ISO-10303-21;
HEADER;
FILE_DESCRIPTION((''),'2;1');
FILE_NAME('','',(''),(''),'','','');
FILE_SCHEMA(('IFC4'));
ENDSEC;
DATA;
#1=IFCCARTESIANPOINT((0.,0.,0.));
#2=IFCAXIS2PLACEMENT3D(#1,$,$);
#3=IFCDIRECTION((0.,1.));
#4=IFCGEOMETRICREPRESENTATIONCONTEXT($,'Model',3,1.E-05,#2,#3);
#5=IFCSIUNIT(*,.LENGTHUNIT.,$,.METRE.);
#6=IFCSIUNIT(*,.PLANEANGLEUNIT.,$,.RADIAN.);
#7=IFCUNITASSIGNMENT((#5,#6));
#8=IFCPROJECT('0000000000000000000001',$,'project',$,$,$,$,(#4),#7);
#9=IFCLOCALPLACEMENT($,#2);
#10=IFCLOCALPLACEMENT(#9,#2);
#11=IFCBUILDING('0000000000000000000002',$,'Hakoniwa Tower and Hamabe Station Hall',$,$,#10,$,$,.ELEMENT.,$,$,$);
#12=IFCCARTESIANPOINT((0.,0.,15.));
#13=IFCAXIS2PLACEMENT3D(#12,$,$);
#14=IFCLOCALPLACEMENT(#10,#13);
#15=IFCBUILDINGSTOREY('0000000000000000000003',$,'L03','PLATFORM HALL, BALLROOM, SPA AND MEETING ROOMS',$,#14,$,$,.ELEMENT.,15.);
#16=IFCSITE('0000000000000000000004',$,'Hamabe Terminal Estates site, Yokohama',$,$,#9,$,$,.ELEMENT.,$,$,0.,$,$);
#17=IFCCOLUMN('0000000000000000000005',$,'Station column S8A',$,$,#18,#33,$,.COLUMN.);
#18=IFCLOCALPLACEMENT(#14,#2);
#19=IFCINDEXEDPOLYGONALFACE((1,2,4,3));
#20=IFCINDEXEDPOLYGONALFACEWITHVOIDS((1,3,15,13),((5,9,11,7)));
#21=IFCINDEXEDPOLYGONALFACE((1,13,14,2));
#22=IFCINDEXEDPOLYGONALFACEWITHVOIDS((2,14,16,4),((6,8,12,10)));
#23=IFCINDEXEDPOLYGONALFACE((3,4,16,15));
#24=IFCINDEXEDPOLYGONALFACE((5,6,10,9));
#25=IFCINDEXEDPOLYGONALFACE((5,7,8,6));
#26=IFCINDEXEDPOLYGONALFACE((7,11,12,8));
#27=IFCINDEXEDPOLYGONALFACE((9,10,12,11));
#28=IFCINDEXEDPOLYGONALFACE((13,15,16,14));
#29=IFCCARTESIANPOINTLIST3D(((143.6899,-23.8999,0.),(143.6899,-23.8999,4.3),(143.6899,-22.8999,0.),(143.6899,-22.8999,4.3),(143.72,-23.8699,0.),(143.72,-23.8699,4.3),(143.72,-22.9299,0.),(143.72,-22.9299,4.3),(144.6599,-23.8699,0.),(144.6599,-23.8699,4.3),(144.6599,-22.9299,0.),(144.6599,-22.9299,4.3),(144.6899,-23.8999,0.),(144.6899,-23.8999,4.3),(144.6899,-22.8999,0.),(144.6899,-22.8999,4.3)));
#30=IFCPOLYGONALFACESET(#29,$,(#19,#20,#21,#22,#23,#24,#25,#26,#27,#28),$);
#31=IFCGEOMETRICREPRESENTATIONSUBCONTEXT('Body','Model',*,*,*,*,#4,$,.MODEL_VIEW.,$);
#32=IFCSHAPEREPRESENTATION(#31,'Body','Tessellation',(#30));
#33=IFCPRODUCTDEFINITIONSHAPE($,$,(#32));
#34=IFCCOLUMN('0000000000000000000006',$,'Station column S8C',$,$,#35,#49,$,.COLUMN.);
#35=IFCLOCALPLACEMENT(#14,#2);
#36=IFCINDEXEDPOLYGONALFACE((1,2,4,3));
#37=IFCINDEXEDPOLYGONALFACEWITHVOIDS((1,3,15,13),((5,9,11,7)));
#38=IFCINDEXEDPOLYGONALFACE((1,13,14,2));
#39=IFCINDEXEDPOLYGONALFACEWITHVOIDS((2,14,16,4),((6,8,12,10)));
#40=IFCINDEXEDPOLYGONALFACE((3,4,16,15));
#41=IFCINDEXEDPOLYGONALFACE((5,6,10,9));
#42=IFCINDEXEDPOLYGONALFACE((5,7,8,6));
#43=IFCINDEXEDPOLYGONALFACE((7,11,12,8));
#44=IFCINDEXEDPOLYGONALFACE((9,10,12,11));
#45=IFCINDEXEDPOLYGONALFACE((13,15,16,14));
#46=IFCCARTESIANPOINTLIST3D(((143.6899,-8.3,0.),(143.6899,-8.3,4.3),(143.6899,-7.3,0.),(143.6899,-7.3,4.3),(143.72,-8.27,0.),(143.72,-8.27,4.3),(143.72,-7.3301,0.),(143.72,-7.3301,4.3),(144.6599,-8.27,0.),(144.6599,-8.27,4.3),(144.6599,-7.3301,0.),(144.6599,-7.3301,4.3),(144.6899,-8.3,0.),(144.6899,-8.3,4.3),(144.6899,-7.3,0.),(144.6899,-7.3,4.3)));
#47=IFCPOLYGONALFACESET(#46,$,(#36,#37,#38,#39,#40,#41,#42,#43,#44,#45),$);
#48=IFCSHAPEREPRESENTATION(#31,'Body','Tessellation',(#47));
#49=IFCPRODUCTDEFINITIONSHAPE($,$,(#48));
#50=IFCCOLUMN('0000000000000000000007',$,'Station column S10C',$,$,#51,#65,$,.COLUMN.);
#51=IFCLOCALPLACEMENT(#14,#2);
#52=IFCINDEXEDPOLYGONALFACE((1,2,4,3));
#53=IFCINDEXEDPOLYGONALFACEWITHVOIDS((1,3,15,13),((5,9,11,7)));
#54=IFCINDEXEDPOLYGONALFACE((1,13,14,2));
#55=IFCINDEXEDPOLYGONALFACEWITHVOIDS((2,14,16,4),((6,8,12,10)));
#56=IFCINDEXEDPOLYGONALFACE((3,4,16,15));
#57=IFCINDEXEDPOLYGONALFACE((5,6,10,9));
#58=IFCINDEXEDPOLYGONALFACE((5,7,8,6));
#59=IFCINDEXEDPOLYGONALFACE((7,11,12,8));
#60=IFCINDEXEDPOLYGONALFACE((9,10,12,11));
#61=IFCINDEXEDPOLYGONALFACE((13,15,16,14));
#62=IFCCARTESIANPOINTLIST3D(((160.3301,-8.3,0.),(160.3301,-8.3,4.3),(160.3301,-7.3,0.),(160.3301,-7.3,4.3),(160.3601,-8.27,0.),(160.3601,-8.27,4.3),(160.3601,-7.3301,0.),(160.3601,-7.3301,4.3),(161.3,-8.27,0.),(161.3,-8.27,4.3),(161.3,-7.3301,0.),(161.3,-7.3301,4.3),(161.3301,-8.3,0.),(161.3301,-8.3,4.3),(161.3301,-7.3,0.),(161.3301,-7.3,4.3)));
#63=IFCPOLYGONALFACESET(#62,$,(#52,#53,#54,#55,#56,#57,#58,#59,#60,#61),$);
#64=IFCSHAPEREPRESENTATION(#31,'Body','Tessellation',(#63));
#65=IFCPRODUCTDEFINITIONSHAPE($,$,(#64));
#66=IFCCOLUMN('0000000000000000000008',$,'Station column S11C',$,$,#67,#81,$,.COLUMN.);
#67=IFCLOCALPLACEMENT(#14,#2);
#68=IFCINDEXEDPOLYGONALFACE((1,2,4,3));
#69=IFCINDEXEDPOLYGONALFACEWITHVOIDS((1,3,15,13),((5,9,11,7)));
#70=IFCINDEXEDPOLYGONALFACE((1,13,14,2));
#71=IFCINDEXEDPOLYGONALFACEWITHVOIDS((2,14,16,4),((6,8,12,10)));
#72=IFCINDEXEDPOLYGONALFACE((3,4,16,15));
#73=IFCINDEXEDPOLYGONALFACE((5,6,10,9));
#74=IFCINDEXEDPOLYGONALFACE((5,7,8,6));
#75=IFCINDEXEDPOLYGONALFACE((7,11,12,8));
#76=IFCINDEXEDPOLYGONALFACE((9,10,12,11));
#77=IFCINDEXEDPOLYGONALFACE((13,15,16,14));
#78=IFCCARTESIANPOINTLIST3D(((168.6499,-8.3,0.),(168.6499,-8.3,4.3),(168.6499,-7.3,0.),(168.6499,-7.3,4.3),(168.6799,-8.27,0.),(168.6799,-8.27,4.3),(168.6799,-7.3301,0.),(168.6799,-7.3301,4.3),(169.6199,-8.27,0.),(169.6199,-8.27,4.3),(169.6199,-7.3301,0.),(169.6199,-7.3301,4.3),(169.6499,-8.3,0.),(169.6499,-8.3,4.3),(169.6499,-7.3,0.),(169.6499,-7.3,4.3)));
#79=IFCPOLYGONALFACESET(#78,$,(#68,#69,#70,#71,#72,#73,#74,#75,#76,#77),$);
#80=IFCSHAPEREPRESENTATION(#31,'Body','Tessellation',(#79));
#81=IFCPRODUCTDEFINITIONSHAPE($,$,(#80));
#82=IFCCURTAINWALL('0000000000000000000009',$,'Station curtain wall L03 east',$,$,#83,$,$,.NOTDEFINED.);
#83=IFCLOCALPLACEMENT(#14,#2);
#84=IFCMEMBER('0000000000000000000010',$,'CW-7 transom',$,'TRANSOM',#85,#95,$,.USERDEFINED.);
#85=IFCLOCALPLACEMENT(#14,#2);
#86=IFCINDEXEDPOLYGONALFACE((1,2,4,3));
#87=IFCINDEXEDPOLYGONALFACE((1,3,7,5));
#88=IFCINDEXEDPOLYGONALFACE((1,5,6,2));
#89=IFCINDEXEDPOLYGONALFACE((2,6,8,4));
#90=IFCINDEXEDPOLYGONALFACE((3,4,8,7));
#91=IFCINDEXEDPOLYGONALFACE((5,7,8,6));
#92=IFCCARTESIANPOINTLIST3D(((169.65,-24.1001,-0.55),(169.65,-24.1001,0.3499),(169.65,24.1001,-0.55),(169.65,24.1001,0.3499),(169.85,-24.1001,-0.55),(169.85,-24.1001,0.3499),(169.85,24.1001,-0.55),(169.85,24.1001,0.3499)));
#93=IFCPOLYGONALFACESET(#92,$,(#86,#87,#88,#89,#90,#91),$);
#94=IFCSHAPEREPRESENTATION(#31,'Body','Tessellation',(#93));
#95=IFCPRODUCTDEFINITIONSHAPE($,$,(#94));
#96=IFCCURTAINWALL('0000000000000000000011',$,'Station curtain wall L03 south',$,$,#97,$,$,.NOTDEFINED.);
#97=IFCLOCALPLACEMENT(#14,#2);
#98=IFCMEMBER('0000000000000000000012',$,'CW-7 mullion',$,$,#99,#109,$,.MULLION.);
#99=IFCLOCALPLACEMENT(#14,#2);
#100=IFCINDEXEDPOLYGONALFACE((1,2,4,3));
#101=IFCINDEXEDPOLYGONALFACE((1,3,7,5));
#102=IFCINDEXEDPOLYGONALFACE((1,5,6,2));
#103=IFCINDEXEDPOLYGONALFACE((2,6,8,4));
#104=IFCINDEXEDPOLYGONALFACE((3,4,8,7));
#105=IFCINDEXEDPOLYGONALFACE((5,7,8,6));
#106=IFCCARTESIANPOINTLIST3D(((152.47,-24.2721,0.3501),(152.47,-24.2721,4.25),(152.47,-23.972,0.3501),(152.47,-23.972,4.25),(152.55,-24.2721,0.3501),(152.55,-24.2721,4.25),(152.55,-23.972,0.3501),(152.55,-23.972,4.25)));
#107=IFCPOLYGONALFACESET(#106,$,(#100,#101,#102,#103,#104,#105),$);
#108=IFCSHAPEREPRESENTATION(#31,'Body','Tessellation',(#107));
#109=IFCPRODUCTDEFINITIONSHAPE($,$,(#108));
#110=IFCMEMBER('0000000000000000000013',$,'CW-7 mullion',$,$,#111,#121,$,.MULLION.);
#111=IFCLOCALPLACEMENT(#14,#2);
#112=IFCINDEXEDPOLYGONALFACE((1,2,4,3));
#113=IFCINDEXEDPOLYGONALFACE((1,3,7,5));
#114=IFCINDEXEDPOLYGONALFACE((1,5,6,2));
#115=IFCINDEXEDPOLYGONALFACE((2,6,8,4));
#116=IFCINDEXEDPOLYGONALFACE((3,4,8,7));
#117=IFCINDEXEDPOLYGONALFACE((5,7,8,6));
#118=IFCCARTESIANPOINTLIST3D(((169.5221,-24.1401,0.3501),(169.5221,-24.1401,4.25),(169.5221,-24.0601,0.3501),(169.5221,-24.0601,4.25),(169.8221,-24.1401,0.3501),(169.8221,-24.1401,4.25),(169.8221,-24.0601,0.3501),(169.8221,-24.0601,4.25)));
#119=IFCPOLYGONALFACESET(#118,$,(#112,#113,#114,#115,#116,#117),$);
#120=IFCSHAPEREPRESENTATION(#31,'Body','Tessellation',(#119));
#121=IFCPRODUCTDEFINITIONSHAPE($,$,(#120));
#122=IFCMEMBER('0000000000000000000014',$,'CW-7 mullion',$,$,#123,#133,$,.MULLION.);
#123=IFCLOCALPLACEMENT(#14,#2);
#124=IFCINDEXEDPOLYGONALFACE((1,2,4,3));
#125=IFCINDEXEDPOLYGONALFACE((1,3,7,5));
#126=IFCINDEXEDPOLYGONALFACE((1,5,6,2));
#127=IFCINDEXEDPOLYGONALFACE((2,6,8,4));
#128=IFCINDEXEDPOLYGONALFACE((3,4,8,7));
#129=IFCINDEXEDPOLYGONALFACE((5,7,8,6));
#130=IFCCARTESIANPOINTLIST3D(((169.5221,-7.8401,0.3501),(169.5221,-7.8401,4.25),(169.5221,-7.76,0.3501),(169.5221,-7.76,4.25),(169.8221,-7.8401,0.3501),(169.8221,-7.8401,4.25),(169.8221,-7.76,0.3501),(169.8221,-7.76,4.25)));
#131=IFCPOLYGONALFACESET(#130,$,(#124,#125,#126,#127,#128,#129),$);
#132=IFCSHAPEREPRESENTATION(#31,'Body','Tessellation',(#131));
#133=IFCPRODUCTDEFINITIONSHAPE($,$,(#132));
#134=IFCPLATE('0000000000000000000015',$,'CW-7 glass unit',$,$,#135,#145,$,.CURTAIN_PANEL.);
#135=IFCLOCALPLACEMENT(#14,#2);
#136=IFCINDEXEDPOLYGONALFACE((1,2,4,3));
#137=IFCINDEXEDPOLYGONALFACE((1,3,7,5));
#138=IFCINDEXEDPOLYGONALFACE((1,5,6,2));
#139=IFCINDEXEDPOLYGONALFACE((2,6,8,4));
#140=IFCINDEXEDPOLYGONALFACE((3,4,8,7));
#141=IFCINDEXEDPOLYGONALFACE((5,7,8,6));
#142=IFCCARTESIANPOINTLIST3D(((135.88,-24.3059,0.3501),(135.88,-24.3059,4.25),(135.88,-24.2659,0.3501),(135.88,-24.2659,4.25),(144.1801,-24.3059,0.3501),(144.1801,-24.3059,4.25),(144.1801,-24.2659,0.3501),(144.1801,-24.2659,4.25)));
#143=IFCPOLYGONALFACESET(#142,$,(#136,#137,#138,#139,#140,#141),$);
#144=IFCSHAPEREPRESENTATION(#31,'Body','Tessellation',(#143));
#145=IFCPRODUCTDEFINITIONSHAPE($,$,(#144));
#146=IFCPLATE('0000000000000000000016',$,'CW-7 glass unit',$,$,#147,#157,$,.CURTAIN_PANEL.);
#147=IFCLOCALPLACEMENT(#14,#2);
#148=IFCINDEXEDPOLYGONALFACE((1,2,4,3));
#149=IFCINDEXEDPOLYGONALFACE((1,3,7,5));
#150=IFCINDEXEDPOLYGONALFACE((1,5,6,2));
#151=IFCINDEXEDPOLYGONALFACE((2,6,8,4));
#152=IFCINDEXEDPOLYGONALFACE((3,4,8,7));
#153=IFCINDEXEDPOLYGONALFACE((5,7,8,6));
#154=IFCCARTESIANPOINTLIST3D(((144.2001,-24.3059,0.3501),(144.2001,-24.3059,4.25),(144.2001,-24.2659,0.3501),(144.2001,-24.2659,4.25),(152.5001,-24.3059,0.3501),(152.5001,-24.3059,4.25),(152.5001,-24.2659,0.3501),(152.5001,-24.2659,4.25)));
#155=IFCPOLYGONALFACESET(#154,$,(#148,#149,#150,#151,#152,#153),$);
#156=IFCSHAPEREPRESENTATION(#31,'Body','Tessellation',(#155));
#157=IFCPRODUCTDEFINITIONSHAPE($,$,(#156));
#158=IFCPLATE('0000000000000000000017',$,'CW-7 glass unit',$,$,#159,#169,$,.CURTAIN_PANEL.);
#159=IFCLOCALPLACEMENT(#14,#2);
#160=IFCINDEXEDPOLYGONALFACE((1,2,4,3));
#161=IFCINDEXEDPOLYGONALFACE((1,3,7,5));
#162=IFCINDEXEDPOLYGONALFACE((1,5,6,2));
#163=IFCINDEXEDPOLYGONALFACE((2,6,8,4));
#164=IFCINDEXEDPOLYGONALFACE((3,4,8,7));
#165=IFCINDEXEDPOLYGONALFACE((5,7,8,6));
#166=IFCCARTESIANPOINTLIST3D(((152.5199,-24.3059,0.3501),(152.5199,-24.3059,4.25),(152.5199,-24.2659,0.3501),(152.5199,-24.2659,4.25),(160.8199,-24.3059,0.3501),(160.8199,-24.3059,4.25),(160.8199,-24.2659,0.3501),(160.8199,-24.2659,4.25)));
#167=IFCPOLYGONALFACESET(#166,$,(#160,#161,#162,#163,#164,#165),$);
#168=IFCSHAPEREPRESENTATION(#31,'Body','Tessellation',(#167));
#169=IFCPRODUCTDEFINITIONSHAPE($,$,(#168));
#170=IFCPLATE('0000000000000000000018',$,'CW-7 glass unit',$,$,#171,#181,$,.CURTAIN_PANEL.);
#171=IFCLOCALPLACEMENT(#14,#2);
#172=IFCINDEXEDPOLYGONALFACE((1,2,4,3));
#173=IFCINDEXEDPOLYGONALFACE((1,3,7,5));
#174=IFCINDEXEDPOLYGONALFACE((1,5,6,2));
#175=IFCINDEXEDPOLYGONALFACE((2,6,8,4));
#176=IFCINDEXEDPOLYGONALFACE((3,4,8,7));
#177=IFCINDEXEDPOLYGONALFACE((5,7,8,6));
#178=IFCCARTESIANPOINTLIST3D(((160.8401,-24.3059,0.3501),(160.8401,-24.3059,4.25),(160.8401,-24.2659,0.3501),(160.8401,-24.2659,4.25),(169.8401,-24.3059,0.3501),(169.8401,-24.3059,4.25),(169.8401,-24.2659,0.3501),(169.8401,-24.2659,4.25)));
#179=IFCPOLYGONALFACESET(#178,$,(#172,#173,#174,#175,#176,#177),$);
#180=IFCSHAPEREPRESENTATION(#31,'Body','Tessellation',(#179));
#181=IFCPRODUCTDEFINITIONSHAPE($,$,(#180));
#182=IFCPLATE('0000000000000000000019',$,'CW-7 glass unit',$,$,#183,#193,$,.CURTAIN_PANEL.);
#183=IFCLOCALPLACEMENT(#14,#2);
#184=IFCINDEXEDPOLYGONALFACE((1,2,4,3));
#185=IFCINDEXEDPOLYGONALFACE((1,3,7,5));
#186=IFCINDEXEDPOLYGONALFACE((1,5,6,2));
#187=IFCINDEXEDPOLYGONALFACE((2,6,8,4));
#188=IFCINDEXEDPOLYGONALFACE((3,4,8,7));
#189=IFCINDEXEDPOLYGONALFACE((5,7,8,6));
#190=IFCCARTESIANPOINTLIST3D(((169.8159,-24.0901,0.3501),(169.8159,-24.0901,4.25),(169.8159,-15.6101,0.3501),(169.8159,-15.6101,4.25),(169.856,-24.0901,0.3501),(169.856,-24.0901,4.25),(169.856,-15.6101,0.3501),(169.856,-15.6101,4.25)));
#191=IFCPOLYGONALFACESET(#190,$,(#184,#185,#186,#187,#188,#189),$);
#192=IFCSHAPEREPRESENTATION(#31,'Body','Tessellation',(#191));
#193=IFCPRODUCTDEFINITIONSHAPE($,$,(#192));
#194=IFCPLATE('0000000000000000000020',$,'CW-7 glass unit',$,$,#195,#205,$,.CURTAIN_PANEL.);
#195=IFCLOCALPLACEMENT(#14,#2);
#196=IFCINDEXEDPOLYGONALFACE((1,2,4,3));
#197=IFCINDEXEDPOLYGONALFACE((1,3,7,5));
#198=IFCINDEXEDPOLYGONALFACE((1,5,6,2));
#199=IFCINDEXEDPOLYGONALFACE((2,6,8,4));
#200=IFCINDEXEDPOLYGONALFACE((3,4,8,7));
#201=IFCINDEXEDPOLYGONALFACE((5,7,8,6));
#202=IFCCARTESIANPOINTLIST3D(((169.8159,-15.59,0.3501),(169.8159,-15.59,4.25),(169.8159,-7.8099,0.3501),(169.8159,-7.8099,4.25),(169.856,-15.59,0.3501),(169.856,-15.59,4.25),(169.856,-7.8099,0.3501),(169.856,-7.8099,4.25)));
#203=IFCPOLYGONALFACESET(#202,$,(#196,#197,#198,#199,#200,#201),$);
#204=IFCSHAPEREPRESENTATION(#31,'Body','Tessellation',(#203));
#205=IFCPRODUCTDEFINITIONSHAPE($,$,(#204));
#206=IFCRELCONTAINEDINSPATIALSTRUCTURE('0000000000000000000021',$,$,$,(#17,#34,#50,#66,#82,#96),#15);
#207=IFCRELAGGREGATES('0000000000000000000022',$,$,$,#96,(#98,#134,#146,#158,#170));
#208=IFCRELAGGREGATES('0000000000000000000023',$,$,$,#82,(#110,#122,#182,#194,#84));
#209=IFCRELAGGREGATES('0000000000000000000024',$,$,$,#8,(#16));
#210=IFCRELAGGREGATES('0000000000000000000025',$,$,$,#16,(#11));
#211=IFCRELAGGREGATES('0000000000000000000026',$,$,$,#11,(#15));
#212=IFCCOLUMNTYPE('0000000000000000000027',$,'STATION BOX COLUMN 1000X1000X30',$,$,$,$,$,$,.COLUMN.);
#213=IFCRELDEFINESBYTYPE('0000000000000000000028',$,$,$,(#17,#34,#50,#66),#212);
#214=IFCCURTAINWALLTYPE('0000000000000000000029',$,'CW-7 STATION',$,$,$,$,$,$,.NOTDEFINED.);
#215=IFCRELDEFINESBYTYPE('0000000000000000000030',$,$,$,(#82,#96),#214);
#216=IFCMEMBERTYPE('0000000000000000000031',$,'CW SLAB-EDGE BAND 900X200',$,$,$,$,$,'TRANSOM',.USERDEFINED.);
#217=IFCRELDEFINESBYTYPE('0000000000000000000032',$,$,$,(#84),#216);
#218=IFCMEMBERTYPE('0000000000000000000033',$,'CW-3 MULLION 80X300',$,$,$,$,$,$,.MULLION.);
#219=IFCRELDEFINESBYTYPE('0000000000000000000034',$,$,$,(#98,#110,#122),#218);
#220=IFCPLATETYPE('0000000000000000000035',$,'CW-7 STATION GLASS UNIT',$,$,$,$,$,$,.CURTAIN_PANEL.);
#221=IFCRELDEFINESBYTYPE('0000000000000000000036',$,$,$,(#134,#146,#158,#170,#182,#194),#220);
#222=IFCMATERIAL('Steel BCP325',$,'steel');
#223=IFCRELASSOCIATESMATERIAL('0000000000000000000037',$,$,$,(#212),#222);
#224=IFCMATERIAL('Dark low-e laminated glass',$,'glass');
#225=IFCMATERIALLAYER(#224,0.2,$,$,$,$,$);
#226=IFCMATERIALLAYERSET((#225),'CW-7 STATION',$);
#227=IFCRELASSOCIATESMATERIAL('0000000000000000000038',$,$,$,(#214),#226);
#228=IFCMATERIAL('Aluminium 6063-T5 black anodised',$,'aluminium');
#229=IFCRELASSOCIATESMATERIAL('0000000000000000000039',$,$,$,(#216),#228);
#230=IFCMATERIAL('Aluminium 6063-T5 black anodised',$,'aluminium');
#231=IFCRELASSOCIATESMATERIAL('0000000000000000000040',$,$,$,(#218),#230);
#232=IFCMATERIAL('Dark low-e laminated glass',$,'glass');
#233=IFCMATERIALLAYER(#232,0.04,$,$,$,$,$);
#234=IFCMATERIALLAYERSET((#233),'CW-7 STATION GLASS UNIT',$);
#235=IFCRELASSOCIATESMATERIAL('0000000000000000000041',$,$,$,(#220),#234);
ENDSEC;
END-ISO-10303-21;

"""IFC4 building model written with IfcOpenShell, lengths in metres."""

from ifc_helpers import new_model, si_unit, direction, frame, origin, origin_2d, place, context, subcontext, project, spatial, rectangle, hollow_rectangle, extrude, material, layer, layer_set, material_profile, profile_set, type_object, element, aggregate, save


model = new_model("IFC4")

# Units and contexts
model_context = context("Model", 3, precision=1e-05, world=origin(), true_north=direction((0.0, 1.0)))
body_context = subcontext(model_context, "Body", "Model", "MODEL_VIEW")
ifc_project = project(units=[si_unit("LENGTHUNIT", "METRE"), si_unit("PLANEANGLEUNIT", "RADIAN")], contexts=[model_context])

# Site, building, storey
site_placement = place(None, origin())
site = spatial("IfcSite", under=ifc_project, at=site_placement, Name="Hamabe Terminal Estates site, Yokohama", CompositionType="ELEMENT", RefElevation=0.0)
building_placement = place(site_placement, origin())
building = spatial("IfcBuilding", under=site, at=building_placement, Name="Hakoniwa Tower and Hamabe Station Hall", CompositionType="ELEMENT")
storey_placement = place(building_placement, frame((0.0, 0.0, 15.0)))
storey = spatial("IfcBuildingStorey", under=building, at=storey_placement, Name="L03", Description="PLATFORM HALL, BALLROOM, SPA AND MEETING ROOMS", CompositionType="ELEMENT", Elevation=15.0)

# Columns
ifc_material_1 = material(Name="Steel BCP325", Category="steel")
ifc_material_profile_1 = material_profile(ifc_material_1, hollow_rectangle(XDim=1.0, YDim=1.0, WallThickness=0.03, at=origin_2d()), Name="STATION BOX COLUMN 1000X1000X30")
ifc_profile_set_1 = profile_set([ifc_material_profile_1], Name="Steel BCP325")
column_type = type_object("IfcColumnType", Name="STATION BOX COLUMN 1000X1000X30", PredefinedType="COLUMN", material=ifc_profile_set_1)
for number, where, z_axis, x_axis, name in (
    (1, (144.1899, -23.3999, 0.0), (0.0, 0.0, 1.0), (1.0, 0.0, 0.0), "Station column S8A"),
    (2, (144.1899, -7.8, 0.0), (0.0, 0.0, 1.0), (1.0, 0.0, 0.0), "Station column S8C"),
    (3, (160.8301, -7.8, 0.0), (0.0, 0.0, 1.0), (1.0, 0.0, 0.0), "Station column S10C"),
    (4, (169.1499, -7.8, 0.0), (0.0, 0.0, 1.0), (1.0, 0.0, 0.0), "Station column S11C"),
):
    element("IfcColumn", number, at=place(storey_placement, frame(where, z_axis=z_axis, x_axis=x_axis)), inside=storey, type_object=column_type, Name=name, PredefinedType="COLUMN", context=body_context, shape_type="SweptSolid", body=[
        extrude(hollow_rectangle(XDim=1.0, YDim=1.0, WallThickness=0.03, at=origin_2d()), origin(), (0.0, 0.0, 1.0), 4.3),
    ])

# Curtain walls, members
ifc_material_2 = material(Name="Dark low-e laminated glass", Category="glass")
ifc_layer_1 = layer(ifc_material_2, 0.2)
ifc_layer_set_1 = layer_set([ifc_layer_1], Name="CW-7 STATION")
curtain_wall_type = type_object("IfcCurtainWallType", Name="CW-7 STATION", PredefinedType="NOTDEFINED", material=ifc_layer_set_1)
curtain_wall_1_placement = place(storey_placement, origin())
curtain_wall_1 = element("IfcCurtainWall", 5, at=curtain_wall_1_placement, inside=storey, type_object=curtain_wall_type, Name="Station curtain wall L03 east", PredefinedType="NOTDEFINED")
ifc_material_3 = material(Name="Aluminium 6063-T5 black anodised", Category="aluminium")
ifc_material_profile_2 = material_profile(ifc_material_3, rectangle(XDim=0.2, YDim=0.8999, at=origin_2d()), Name="CW SLAB-EDGE BAND 900X200")
ifc_profile_set_2 = profile_set([ifc_material_profile_2], Name="Aluminium 6063-T5 black anodised")
member_type_1 = type_object("IfcMemberType", Name="CW SLAB-EDGE BAND 900X200", ElementType="TRANSOM", PredefinedType="USERDEFINED", material=ifc_profile_set_2)
member_1_placement = place(storey_placement, frame((169.75, -24.1001, -0.1001), z_axis=(0.0, 1.0, 0.0), x_axis=(-1.0, 0.0, 0.0)))
member_1 = element("IfcMember", 6, at=member_1_placement, type_object=member_type_1, Name="CW-7 transom", ObjectType="TRANSOM", PredefinedType="USERDEFINED", context=body_context, shape_type="SweptSolid", body=[
    extrude(rectangle(XDim=0.2, YDim=0.8999, at=origin_2d()), origin(), (0.0, 0.0, 1.0), 48.2002),
])
curtain_wall_2_placement = place(storey_placement, origin())
curtain_wall_2 = element("IfcCurtainWall", 7, at=curtain_wall_2_placement, inside=storey, type_object=curtain_wall_type, Name="Station curtain wall L03 south", PredefinedType="NOTDEFINED")
ifc_material_4 = material(Name="Aluminium 6063-T5 black anodised", Category="aluminium")
ifc_material_profile_3 = material_profile(ifc_material_4, rectangle(XDim=0.0801, YDim=0.3, at=origin_2d()), Name="CW-3 MULLION 80X300")
ifc_profile_set_3 = profile_set([ifc_material_profile_3], Name="Aluminium 6063-T5 black anodised")
member_type_2 = type_object("IfcMemberType", Name="CW-3 MULLION 80X300", PredefinedType="MULLION", material=ifc_profile_set_3)
member_2_placement = place(storey_placement, frame((152.51, -24.1221, 0.3501), z_axis=(0.0, 0.0, 1.0), x_axis=(1.0, 0.0, 0.0)))
member_2 = element("IfcMember", 8, at=member_2_placement, type_object=member_type_2, Name="CW-7 mullion", PredefinedType="MULLION", context=body_context, shape_type="SweptSolid", body=[
    extrude(rectangle(XDim=0.0801, YDim=0.3, at=origin_2d()), origin(), (0.0, 0.0, 1.0), 3.8999),
])

# Members
member_3_placement = place(storey_placement, frame((169.6721, -24.1001, 0.3501), z_axis=(0.0, 0.0, 1.0), x_axis=(0.0, 1.0, 0.0)))
member_3 = element("IfcMember", 9, at=member_3_placement, type_object=member_type_2, Name="CW-7 mullion", PredefinedType="MULLION", context=body_context, shape_type="SweptSolid", body=[
    extrude(rectangle(XDim=0.0801, YDim=0.3, at=origin_2d()), origin(), (0.0, 0.0, 1.0), 3.8999),
])
member_4_placement = place(storey_placement, frame((169.6721, -7.8, 0.3501), z_axis=(0.0, 0.0, 1.0), x_axis=(0.0, 1.0, 0.0)))
member_4 = element("IfcMember", 10, at=member_4_placement, type_object=member_type_2, Name="CW-7 mullion", PredefinedType="MULLION", context=body_context, shape_type="SweptSolid", body=[
    extrude(rectangle(XDim=0.0801, YDim=0.3, at=origin_2d()), origin(), (0.0, 0.0, 1.0), 3.8999),
])

# Plates
ifc_material_5 = material(Name="Dark low-e laminated glass", Category="glass")
ifc_layer_2 = layer(ifc_material_5, 0.04)
ifc_layer_set_2 = layer_set([ifc_layer_2], Name="CW-7 STATION GLASS UNIT")
plate_type = type_object("IfcPlateType", Name="CW-7 STATION GLASS UNIT", PredefinedType="CURTAIN_PANEL", material=ifc_layer_set_2)
plate_1_placement = place(storey_placement, frame((140.03, -24.2859, 0.3501), z_axis=(0.0, 0.0, 1.0), x_axis=(1.0, 0.0, 0.0)))
plate_1 = element("IfcPlate", 11, at=plate_1_placement, type_object=plate_type, Name="CW-7 glass unit", PredefinedType="CURTAIN_PANEL", context=body_context, shape_type="SweptSolid", body=[
    extrude(rectangle(XDim=8.3, YDim=0.04, at=origin_2d()), origin(), (0.0, 0.0, 1.0), 3.8999),
])
plate_2_placement = place(storey_placement, frame((148.3501, -24.2859, 0.3501), z_axis=(0.0, 0.0, 1.0), x_axis=(1.0, 0.0, 0.0)))
plate_2 = element("IfcPlate", 12, at=plate_2_placement, type_object=plate_type, Name="CW-7 glass unit", PredefinedType="CURTAIN_PANEL", context=body_context, shape_type="SweptSolid", body=[
    extrude(rectangle(XDim=8.3, YDim=0.04, at=origin_2d()), origin(), (0.0, 0.0, 1.0), 3.8999),
])
plate_3_placement = place(storey_placement, frame((156.6699, -24.2859, 0.3501), z_axis=(0.0, 0.0, 1.0), x_axis=(1.0, 0.0, 0.0)))
plate_3 = element("IfcPlate", 13, at=plate_3_placement, type_object=plate_type, Name="CW-7 glass unit", PredefinedType="CURTAIN_PANEL", context=body_context, shape_type="SweptSolid", body=[
    extrude(rectangle(XDim=8.3, YDim=0.04, at=origin_2d()), origin(), (0.0, 0.0, 1.0), 3.8999),
])
plate_4_placement = place(storey_placement, frame((165.3401, -24.2859, 0.3501), z_axis=(0.0, 0.0, 1.0), x_axis=(1.0, 0.0, 0.0)))
plate_4 = element("IfcPlate", 14, at=plate_4_placement, type_object=plate_type, Name="CW-7 glass unit", PredefinedType="CURTAIN_PANEL", context=body_context, shape_type="SweptSolid", body=[
    extrude(rectangle(XDim=9.0, YDim=0.04, at=origin_2d()), origin(), (0.0, 0.0, 1.0), 3.8999),
])
aggregate(curtain_wall_2, [member_2, plate_1, plate_2, plate_3, plate_4])
plate_5_placement = place(storey_placement, frame((169.8359, -19.8501, 0.3501), z_axis=(0.0, 0.0, 1.0), x_axis=(0.0, 1.0, 0.0)))
plate_5 = element("IfcPlate", 15, at=plate_5_placement, type_object=plate_type, Name="CW-7 glass unit", PredefinedType="CURTAIN_PANEL", context=body_context, shape_type="SweptSolid", body=[
    extrude(rectangle(XDim=8.48, YDim=0.04, at=origin_2d()), origin(), (0.0, 0.0, 1.0), 3.8999),
])
plate_6_placement = place(storey_placement, frame((169.8359, -11.7, 0.3501), z_axis=(0.0, 0.0, 1.0), x_axis=(0.0, 1.0, 0.0)))
plate_6 = element("IfcPlate", 16, at=plate_6_placement, type_object=plate_type, Name="CW-7 glass unit", PredefinedType="CURTAIN_PANEL", context=body_context, shape_type="SweptSolid", body=[
    extrude(rectangle(XDim=7.78, YDim=0.04, at=origin_2d()), origin(), (0.0, 0.0, 1.0), 3.8999),
])
aggregate(curtain_wall_1, [member_3, member_4, plate_5, plate_6, member_1])

save(model, "model.ifc")
